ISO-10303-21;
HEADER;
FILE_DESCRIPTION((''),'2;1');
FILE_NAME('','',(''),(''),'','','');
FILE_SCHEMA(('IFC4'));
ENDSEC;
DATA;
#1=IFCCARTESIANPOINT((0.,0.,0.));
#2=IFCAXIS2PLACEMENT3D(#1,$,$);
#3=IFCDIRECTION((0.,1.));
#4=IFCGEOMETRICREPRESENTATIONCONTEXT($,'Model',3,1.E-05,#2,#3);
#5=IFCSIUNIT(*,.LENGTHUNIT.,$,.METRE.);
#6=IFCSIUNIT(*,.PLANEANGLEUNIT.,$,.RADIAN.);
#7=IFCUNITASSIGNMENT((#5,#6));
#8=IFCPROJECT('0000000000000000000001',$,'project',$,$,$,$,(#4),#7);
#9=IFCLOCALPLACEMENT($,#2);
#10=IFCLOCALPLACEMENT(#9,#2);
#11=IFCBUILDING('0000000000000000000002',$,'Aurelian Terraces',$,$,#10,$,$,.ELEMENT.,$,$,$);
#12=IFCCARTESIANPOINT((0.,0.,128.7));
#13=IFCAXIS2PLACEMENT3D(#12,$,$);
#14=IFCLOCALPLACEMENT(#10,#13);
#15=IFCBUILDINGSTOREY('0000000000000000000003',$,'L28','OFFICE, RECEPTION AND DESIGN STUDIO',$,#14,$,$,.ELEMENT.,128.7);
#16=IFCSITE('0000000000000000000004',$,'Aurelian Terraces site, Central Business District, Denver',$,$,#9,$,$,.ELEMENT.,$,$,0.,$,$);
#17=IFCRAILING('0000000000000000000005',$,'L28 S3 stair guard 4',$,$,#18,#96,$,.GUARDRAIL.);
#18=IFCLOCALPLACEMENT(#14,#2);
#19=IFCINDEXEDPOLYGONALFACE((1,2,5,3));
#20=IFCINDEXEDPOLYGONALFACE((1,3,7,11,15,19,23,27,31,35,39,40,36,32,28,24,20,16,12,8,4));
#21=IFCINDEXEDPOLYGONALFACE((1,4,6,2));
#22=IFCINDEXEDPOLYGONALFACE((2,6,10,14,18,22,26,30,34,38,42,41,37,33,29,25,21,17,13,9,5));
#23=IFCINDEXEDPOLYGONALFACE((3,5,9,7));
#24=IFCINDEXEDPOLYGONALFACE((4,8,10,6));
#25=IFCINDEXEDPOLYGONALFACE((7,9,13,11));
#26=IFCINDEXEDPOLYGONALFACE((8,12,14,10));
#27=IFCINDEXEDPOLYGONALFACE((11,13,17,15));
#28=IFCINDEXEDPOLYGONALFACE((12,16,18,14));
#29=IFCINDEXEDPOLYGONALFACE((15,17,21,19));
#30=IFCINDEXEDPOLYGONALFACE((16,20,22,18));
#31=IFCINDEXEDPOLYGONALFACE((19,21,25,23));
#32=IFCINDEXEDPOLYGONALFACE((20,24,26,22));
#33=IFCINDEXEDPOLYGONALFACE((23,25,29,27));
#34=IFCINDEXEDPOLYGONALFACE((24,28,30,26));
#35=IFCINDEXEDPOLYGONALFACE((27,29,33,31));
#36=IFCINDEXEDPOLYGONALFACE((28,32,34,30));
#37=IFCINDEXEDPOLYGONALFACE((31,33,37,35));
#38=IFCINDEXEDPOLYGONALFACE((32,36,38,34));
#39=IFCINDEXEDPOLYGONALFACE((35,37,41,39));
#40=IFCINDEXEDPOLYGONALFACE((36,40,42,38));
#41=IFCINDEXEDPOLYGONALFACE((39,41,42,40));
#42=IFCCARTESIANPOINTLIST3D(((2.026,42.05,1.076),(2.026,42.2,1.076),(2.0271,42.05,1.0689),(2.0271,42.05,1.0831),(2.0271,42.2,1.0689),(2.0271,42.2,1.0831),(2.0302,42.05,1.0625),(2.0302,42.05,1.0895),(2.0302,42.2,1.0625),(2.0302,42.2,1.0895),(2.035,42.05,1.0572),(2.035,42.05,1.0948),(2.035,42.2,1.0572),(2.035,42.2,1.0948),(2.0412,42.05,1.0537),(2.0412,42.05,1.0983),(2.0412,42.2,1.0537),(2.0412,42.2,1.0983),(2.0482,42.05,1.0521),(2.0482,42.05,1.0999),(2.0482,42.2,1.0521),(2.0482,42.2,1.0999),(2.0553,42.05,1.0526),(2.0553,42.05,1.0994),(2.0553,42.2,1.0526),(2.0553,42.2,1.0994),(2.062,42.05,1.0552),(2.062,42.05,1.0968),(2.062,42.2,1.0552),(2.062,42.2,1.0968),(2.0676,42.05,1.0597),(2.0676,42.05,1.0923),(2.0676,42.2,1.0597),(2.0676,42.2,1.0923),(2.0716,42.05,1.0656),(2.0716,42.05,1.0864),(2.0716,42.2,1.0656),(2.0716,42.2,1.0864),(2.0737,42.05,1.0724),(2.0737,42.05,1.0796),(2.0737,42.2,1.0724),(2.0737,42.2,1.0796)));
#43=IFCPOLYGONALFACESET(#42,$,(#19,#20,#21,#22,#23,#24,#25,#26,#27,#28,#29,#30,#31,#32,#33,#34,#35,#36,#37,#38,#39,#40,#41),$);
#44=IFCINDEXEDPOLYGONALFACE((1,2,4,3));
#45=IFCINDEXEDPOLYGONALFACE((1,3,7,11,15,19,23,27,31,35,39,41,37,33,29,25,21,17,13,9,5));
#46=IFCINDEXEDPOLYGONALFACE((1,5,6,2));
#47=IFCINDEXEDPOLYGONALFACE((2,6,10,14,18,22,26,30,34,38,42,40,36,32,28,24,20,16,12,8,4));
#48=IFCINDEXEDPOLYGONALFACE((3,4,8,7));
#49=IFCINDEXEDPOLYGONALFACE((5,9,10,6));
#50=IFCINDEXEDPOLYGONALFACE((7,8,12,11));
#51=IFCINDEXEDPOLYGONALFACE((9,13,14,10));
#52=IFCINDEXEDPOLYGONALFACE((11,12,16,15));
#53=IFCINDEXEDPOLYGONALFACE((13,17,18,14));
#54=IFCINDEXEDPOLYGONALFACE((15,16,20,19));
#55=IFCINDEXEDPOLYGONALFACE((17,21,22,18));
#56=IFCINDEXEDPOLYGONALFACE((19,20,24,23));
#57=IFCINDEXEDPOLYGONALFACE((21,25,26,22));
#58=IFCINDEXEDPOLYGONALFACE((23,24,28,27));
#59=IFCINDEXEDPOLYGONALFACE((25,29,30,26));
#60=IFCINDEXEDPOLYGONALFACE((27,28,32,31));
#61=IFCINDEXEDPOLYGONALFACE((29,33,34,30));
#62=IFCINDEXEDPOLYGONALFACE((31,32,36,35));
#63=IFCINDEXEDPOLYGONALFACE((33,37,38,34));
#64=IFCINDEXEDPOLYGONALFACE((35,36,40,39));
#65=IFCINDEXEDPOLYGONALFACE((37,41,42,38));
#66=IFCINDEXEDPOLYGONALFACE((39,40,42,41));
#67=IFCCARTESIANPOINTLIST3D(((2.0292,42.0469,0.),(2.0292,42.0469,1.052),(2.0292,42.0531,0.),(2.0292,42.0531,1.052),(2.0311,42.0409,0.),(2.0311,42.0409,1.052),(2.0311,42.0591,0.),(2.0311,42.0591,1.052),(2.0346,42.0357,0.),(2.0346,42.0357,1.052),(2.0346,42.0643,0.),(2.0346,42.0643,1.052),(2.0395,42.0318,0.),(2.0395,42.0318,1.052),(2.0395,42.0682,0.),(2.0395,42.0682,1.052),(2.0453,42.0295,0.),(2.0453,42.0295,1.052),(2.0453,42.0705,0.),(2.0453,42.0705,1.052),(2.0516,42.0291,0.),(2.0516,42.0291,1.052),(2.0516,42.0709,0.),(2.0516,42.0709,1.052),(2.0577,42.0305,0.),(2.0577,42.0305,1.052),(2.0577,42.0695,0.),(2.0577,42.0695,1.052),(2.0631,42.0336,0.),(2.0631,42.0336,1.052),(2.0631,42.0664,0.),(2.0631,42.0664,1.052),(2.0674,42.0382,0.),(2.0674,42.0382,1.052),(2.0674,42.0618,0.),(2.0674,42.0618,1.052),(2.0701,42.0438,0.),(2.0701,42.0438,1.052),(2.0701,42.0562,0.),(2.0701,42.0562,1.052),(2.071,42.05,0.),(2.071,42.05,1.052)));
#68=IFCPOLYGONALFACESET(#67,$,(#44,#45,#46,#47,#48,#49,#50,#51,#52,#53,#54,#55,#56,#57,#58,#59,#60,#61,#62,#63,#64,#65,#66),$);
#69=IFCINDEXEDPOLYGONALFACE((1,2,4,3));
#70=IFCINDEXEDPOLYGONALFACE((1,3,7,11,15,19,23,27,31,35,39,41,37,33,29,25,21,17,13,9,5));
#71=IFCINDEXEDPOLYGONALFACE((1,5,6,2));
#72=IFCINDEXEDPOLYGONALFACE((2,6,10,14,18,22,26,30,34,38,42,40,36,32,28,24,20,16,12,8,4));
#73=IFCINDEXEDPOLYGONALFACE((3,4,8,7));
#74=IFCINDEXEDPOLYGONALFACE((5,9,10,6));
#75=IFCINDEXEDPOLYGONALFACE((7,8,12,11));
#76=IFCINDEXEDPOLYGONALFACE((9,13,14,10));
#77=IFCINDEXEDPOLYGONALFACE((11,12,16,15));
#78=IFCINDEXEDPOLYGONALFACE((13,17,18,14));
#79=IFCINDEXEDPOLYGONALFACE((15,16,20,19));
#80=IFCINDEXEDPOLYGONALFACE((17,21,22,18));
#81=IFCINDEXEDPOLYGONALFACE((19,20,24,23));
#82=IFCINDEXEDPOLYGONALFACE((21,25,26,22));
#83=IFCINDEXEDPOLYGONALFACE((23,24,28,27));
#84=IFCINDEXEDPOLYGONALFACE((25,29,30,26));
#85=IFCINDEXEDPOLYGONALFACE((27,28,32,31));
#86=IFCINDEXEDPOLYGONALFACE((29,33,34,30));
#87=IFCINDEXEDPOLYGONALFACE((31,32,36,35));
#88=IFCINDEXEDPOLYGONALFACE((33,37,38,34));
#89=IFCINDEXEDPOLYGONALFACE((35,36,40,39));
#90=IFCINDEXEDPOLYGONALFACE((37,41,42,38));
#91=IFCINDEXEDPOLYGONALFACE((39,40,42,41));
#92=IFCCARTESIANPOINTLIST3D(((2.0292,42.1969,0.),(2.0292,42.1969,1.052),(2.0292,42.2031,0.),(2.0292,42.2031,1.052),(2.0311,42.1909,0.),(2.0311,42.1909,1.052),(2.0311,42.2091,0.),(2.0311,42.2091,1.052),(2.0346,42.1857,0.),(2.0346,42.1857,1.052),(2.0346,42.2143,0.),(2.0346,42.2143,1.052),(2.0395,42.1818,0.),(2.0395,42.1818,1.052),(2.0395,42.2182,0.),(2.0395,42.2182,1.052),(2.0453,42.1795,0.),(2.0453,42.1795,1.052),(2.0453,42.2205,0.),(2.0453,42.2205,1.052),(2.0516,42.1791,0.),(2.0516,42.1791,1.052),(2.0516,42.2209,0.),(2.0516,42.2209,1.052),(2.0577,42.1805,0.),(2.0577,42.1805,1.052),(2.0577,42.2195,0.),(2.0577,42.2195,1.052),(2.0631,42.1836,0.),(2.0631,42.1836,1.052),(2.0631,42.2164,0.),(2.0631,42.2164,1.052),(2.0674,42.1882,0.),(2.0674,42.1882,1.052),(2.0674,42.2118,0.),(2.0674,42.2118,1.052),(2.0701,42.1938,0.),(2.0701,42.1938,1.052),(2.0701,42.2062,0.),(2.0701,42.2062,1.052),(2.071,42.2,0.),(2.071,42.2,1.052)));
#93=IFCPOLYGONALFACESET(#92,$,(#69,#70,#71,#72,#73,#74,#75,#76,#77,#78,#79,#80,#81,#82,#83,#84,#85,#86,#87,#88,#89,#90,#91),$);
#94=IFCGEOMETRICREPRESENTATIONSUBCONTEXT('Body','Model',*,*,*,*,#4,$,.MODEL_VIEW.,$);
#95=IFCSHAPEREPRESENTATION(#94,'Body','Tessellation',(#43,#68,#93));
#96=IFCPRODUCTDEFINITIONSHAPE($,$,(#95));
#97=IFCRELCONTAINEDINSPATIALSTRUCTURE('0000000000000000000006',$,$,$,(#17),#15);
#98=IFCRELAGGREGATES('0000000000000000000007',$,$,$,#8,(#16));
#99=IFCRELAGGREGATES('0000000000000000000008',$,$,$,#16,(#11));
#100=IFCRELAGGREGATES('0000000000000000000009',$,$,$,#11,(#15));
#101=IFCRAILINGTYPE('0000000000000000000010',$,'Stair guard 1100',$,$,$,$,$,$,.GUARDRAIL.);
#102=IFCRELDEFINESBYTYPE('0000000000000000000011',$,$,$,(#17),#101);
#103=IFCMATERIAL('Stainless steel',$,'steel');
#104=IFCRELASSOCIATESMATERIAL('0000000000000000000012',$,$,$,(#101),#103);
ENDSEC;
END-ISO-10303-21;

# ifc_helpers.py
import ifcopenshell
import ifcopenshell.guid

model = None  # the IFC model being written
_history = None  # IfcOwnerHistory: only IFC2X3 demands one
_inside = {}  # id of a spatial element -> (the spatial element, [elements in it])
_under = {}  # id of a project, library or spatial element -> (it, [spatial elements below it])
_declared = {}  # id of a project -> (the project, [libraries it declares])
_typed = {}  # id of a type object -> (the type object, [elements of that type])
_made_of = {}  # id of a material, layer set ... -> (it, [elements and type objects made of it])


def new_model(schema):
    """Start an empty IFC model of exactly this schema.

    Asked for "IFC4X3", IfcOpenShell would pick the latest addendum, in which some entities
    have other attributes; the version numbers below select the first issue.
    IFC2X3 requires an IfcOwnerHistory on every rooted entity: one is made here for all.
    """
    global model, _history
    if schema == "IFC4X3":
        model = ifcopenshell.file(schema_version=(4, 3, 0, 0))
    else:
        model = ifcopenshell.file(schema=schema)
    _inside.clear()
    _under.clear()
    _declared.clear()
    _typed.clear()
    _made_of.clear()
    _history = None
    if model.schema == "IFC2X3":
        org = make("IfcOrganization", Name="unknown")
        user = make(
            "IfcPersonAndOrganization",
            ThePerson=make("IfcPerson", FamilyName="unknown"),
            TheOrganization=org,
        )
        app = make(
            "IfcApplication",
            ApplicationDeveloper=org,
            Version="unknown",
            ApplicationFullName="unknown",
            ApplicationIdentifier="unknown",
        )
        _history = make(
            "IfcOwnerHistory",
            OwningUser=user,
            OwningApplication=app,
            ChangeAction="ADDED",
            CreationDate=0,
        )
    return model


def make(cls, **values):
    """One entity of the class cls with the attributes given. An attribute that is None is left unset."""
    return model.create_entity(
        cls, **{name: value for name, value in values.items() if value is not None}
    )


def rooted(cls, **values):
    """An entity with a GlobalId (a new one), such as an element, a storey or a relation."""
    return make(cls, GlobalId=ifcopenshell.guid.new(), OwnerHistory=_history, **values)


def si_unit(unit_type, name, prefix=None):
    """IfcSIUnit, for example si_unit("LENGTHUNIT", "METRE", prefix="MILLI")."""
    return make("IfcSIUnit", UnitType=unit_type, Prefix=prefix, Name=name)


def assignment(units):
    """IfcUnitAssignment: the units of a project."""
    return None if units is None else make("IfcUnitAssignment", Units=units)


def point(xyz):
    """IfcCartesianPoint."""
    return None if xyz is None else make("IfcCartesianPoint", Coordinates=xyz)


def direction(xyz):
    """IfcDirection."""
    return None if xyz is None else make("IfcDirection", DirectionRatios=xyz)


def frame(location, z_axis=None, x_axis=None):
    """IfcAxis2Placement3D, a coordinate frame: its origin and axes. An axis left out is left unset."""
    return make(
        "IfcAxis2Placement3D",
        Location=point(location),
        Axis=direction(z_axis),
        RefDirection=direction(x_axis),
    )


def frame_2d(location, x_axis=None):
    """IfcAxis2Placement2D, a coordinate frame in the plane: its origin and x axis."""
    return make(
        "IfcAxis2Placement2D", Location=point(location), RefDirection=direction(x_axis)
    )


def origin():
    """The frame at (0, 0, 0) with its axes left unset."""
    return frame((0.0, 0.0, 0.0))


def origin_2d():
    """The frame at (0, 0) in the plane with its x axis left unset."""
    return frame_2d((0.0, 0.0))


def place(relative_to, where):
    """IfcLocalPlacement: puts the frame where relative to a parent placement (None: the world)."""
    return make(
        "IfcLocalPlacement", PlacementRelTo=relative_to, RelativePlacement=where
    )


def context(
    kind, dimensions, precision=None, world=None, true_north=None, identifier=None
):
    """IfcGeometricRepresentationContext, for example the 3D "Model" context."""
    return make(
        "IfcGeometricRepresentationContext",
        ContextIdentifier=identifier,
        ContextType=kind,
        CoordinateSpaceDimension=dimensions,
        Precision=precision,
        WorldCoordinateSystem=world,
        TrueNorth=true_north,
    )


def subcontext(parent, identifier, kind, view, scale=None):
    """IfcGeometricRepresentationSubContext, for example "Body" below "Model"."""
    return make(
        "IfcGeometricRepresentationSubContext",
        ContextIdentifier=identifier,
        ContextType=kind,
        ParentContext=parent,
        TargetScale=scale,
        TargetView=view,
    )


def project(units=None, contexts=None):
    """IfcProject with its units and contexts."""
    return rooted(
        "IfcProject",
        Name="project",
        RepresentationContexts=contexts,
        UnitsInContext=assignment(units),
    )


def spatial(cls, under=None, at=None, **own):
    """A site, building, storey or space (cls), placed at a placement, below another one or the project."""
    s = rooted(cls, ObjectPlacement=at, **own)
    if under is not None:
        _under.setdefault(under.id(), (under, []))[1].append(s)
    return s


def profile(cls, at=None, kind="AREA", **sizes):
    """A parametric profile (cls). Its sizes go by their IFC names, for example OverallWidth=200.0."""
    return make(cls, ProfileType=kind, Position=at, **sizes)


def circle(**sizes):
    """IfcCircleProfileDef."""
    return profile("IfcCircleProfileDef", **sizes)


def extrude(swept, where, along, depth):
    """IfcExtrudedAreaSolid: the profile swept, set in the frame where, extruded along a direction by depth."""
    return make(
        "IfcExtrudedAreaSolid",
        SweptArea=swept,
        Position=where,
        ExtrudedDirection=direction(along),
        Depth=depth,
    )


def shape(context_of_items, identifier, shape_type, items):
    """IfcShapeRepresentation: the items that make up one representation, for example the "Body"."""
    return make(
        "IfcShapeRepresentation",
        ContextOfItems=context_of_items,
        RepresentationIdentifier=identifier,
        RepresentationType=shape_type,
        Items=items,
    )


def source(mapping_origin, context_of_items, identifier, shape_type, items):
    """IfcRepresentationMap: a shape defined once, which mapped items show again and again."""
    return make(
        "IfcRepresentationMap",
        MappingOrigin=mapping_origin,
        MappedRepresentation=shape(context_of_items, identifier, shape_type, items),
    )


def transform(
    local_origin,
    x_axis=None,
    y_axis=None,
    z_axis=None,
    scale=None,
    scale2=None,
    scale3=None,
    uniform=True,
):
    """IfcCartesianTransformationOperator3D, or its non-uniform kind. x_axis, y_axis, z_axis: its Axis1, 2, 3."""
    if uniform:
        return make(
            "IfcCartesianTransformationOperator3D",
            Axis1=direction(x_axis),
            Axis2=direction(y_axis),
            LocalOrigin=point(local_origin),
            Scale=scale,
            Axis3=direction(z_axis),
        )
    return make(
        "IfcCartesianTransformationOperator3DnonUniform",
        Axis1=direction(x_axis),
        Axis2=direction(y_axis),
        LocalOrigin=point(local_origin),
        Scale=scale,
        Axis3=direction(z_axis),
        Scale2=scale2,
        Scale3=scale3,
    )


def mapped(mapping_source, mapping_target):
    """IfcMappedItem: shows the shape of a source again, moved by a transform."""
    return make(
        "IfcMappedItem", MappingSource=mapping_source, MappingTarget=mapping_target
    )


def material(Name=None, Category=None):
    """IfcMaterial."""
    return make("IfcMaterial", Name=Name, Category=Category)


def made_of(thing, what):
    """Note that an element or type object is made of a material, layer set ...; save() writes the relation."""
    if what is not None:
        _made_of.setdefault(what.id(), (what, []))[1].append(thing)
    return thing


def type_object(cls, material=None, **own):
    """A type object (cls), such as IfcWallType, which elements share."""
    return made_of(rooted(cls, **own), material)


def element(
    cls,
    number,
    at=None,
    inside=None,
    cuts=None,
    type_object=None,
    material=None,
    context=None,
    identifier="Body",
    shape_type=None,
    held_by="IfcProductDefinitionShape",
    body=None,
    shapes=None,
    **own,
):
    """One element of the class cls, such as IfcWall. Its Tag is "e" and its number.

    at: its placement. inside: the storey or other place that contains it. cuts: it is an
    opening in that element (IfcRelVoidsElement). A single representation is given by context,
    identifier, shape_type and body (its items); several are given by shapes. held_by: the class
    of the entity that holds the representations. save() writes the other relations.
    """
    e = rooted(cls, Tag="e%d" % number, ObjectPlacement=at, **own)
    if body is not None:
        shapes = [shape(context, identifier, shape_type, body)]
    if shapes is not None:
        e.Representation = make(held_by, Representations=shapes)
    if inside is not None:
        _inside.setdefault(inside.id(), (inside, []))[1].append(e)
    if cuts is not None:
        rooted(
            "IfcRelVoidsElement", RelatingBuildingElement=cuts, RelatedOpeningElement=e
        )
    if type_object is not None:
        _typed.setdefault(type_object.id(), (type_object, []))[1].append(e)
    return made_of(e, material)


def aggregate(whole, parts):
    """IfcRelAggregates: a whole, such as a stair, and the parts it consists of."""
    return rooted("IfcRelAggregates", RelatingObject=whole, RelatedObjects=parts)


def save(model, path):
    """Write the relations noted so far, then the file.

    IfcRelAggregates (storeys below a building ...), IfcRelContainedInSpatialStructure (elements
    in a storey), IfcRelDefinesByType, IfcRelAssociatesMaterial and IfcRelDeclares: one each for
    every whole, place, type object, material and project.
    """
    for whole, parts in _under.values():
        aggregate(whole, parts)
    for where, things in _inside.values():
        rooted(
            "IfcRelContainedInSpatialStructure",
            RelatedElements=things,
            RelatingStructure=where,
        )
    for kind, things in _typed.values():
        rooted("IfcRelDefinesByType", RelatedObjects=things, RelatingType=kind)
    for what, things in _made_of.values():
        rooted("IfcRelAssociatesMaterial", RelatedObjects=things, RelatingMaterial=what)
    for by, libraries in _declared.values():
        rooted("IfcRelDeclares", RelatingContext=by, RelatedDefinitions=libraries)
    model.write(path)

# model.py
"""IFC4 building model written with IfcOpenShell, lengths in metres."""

from ifc_helpers import new_model, si_unit, direction, frame, origin, origin_2d, place, context, subcontext, project, spatial, circle, extrude, source, transform, mapped, material, type_object, element, save


model = new_model("IFC4")

# Units and contexts
model_context = context("Model", 3, precision=1e-05, world=origin(), true_north=direction((0.0, 1.0)))
body_context = subcontext(model_context, "Body", "Model", "MODEL_VIEW")
ifc_project = project(units=[si_unit("LENGTHUNIT", "METRE"), si_unit("PLANEANGLEUNIT", "RADIAN")], contexts=[model_context])

# Site, building, storey
site_placement = place(None, origin())
site = spatial("IfcSite", under=ifc_project, at=site_placement, Name="Aurelian Terraces site, Central Business District, Denver", CompositionType="ELEMENT", RefElevation=0.0)
building_placement = place(site_placement, origin())
building = spatial("IfcBuilding", under=site, at=building_placement, Name="Aurelian Terraces", CompositionType="ELEMENT")
storey_placement = place(building_placement, frame((0.0, 0.0, 128.7)))
storey = spatial("IfcBuildingStorey", under=building, at=storey_placement, Name="L28", Description="OFFICE, RECEPTION AND DESIGN STUDIO", CompositionType="ELEMENT", Elevation=128.7)

# Railing
ifc_material_1 = material(Name="Stainless steel", Category="steel")
railing_type_1 = type_object("IfcRailingType", Name="Stair guard 1100", PredefinedType="GUARDRAIL", material=ifc_material_1)
shared_shape_1 = source(origin(), body_context, "Body", "SweptSolid", [
    extrude(circle(Radius=0.024, at=origin_2d()), frame((0.0, 0.0, 1.076), z_axis=(0.0, 1.0, 0.0), x_axis=(-1.0, 0.0, 0.0)), (0.0, 0.0, 1.0), 0.15),
    extrude(circle(Radius=0.021, at=origin_2d()), origin(), (0.0, 0.0, 1.0), 1.052),
    extrude(circle(Radius=0.021, at=origin_2d()), frame((0.0, 0.15, 0.0)), (0.0, 0.0, 1.0), 1.052),
])
for number, where, name in (
    (1, (2.05, 42.05, 0.0), "L28 S3 stair guard 4"),
):
    element("IfcRailing", number, at=place(storey_placement, frame(where)), inside=storey, type_object=railing_type_1, Name=name, PredefinedType="GUARDRAIL", context=body_context, shape_type="MappedRepresentation", body=[
        mapped(shared_shape_1, transform((0.0, 0.0, 0.0), scale=1.0)),
    ])

save(model, "model.ifc")
